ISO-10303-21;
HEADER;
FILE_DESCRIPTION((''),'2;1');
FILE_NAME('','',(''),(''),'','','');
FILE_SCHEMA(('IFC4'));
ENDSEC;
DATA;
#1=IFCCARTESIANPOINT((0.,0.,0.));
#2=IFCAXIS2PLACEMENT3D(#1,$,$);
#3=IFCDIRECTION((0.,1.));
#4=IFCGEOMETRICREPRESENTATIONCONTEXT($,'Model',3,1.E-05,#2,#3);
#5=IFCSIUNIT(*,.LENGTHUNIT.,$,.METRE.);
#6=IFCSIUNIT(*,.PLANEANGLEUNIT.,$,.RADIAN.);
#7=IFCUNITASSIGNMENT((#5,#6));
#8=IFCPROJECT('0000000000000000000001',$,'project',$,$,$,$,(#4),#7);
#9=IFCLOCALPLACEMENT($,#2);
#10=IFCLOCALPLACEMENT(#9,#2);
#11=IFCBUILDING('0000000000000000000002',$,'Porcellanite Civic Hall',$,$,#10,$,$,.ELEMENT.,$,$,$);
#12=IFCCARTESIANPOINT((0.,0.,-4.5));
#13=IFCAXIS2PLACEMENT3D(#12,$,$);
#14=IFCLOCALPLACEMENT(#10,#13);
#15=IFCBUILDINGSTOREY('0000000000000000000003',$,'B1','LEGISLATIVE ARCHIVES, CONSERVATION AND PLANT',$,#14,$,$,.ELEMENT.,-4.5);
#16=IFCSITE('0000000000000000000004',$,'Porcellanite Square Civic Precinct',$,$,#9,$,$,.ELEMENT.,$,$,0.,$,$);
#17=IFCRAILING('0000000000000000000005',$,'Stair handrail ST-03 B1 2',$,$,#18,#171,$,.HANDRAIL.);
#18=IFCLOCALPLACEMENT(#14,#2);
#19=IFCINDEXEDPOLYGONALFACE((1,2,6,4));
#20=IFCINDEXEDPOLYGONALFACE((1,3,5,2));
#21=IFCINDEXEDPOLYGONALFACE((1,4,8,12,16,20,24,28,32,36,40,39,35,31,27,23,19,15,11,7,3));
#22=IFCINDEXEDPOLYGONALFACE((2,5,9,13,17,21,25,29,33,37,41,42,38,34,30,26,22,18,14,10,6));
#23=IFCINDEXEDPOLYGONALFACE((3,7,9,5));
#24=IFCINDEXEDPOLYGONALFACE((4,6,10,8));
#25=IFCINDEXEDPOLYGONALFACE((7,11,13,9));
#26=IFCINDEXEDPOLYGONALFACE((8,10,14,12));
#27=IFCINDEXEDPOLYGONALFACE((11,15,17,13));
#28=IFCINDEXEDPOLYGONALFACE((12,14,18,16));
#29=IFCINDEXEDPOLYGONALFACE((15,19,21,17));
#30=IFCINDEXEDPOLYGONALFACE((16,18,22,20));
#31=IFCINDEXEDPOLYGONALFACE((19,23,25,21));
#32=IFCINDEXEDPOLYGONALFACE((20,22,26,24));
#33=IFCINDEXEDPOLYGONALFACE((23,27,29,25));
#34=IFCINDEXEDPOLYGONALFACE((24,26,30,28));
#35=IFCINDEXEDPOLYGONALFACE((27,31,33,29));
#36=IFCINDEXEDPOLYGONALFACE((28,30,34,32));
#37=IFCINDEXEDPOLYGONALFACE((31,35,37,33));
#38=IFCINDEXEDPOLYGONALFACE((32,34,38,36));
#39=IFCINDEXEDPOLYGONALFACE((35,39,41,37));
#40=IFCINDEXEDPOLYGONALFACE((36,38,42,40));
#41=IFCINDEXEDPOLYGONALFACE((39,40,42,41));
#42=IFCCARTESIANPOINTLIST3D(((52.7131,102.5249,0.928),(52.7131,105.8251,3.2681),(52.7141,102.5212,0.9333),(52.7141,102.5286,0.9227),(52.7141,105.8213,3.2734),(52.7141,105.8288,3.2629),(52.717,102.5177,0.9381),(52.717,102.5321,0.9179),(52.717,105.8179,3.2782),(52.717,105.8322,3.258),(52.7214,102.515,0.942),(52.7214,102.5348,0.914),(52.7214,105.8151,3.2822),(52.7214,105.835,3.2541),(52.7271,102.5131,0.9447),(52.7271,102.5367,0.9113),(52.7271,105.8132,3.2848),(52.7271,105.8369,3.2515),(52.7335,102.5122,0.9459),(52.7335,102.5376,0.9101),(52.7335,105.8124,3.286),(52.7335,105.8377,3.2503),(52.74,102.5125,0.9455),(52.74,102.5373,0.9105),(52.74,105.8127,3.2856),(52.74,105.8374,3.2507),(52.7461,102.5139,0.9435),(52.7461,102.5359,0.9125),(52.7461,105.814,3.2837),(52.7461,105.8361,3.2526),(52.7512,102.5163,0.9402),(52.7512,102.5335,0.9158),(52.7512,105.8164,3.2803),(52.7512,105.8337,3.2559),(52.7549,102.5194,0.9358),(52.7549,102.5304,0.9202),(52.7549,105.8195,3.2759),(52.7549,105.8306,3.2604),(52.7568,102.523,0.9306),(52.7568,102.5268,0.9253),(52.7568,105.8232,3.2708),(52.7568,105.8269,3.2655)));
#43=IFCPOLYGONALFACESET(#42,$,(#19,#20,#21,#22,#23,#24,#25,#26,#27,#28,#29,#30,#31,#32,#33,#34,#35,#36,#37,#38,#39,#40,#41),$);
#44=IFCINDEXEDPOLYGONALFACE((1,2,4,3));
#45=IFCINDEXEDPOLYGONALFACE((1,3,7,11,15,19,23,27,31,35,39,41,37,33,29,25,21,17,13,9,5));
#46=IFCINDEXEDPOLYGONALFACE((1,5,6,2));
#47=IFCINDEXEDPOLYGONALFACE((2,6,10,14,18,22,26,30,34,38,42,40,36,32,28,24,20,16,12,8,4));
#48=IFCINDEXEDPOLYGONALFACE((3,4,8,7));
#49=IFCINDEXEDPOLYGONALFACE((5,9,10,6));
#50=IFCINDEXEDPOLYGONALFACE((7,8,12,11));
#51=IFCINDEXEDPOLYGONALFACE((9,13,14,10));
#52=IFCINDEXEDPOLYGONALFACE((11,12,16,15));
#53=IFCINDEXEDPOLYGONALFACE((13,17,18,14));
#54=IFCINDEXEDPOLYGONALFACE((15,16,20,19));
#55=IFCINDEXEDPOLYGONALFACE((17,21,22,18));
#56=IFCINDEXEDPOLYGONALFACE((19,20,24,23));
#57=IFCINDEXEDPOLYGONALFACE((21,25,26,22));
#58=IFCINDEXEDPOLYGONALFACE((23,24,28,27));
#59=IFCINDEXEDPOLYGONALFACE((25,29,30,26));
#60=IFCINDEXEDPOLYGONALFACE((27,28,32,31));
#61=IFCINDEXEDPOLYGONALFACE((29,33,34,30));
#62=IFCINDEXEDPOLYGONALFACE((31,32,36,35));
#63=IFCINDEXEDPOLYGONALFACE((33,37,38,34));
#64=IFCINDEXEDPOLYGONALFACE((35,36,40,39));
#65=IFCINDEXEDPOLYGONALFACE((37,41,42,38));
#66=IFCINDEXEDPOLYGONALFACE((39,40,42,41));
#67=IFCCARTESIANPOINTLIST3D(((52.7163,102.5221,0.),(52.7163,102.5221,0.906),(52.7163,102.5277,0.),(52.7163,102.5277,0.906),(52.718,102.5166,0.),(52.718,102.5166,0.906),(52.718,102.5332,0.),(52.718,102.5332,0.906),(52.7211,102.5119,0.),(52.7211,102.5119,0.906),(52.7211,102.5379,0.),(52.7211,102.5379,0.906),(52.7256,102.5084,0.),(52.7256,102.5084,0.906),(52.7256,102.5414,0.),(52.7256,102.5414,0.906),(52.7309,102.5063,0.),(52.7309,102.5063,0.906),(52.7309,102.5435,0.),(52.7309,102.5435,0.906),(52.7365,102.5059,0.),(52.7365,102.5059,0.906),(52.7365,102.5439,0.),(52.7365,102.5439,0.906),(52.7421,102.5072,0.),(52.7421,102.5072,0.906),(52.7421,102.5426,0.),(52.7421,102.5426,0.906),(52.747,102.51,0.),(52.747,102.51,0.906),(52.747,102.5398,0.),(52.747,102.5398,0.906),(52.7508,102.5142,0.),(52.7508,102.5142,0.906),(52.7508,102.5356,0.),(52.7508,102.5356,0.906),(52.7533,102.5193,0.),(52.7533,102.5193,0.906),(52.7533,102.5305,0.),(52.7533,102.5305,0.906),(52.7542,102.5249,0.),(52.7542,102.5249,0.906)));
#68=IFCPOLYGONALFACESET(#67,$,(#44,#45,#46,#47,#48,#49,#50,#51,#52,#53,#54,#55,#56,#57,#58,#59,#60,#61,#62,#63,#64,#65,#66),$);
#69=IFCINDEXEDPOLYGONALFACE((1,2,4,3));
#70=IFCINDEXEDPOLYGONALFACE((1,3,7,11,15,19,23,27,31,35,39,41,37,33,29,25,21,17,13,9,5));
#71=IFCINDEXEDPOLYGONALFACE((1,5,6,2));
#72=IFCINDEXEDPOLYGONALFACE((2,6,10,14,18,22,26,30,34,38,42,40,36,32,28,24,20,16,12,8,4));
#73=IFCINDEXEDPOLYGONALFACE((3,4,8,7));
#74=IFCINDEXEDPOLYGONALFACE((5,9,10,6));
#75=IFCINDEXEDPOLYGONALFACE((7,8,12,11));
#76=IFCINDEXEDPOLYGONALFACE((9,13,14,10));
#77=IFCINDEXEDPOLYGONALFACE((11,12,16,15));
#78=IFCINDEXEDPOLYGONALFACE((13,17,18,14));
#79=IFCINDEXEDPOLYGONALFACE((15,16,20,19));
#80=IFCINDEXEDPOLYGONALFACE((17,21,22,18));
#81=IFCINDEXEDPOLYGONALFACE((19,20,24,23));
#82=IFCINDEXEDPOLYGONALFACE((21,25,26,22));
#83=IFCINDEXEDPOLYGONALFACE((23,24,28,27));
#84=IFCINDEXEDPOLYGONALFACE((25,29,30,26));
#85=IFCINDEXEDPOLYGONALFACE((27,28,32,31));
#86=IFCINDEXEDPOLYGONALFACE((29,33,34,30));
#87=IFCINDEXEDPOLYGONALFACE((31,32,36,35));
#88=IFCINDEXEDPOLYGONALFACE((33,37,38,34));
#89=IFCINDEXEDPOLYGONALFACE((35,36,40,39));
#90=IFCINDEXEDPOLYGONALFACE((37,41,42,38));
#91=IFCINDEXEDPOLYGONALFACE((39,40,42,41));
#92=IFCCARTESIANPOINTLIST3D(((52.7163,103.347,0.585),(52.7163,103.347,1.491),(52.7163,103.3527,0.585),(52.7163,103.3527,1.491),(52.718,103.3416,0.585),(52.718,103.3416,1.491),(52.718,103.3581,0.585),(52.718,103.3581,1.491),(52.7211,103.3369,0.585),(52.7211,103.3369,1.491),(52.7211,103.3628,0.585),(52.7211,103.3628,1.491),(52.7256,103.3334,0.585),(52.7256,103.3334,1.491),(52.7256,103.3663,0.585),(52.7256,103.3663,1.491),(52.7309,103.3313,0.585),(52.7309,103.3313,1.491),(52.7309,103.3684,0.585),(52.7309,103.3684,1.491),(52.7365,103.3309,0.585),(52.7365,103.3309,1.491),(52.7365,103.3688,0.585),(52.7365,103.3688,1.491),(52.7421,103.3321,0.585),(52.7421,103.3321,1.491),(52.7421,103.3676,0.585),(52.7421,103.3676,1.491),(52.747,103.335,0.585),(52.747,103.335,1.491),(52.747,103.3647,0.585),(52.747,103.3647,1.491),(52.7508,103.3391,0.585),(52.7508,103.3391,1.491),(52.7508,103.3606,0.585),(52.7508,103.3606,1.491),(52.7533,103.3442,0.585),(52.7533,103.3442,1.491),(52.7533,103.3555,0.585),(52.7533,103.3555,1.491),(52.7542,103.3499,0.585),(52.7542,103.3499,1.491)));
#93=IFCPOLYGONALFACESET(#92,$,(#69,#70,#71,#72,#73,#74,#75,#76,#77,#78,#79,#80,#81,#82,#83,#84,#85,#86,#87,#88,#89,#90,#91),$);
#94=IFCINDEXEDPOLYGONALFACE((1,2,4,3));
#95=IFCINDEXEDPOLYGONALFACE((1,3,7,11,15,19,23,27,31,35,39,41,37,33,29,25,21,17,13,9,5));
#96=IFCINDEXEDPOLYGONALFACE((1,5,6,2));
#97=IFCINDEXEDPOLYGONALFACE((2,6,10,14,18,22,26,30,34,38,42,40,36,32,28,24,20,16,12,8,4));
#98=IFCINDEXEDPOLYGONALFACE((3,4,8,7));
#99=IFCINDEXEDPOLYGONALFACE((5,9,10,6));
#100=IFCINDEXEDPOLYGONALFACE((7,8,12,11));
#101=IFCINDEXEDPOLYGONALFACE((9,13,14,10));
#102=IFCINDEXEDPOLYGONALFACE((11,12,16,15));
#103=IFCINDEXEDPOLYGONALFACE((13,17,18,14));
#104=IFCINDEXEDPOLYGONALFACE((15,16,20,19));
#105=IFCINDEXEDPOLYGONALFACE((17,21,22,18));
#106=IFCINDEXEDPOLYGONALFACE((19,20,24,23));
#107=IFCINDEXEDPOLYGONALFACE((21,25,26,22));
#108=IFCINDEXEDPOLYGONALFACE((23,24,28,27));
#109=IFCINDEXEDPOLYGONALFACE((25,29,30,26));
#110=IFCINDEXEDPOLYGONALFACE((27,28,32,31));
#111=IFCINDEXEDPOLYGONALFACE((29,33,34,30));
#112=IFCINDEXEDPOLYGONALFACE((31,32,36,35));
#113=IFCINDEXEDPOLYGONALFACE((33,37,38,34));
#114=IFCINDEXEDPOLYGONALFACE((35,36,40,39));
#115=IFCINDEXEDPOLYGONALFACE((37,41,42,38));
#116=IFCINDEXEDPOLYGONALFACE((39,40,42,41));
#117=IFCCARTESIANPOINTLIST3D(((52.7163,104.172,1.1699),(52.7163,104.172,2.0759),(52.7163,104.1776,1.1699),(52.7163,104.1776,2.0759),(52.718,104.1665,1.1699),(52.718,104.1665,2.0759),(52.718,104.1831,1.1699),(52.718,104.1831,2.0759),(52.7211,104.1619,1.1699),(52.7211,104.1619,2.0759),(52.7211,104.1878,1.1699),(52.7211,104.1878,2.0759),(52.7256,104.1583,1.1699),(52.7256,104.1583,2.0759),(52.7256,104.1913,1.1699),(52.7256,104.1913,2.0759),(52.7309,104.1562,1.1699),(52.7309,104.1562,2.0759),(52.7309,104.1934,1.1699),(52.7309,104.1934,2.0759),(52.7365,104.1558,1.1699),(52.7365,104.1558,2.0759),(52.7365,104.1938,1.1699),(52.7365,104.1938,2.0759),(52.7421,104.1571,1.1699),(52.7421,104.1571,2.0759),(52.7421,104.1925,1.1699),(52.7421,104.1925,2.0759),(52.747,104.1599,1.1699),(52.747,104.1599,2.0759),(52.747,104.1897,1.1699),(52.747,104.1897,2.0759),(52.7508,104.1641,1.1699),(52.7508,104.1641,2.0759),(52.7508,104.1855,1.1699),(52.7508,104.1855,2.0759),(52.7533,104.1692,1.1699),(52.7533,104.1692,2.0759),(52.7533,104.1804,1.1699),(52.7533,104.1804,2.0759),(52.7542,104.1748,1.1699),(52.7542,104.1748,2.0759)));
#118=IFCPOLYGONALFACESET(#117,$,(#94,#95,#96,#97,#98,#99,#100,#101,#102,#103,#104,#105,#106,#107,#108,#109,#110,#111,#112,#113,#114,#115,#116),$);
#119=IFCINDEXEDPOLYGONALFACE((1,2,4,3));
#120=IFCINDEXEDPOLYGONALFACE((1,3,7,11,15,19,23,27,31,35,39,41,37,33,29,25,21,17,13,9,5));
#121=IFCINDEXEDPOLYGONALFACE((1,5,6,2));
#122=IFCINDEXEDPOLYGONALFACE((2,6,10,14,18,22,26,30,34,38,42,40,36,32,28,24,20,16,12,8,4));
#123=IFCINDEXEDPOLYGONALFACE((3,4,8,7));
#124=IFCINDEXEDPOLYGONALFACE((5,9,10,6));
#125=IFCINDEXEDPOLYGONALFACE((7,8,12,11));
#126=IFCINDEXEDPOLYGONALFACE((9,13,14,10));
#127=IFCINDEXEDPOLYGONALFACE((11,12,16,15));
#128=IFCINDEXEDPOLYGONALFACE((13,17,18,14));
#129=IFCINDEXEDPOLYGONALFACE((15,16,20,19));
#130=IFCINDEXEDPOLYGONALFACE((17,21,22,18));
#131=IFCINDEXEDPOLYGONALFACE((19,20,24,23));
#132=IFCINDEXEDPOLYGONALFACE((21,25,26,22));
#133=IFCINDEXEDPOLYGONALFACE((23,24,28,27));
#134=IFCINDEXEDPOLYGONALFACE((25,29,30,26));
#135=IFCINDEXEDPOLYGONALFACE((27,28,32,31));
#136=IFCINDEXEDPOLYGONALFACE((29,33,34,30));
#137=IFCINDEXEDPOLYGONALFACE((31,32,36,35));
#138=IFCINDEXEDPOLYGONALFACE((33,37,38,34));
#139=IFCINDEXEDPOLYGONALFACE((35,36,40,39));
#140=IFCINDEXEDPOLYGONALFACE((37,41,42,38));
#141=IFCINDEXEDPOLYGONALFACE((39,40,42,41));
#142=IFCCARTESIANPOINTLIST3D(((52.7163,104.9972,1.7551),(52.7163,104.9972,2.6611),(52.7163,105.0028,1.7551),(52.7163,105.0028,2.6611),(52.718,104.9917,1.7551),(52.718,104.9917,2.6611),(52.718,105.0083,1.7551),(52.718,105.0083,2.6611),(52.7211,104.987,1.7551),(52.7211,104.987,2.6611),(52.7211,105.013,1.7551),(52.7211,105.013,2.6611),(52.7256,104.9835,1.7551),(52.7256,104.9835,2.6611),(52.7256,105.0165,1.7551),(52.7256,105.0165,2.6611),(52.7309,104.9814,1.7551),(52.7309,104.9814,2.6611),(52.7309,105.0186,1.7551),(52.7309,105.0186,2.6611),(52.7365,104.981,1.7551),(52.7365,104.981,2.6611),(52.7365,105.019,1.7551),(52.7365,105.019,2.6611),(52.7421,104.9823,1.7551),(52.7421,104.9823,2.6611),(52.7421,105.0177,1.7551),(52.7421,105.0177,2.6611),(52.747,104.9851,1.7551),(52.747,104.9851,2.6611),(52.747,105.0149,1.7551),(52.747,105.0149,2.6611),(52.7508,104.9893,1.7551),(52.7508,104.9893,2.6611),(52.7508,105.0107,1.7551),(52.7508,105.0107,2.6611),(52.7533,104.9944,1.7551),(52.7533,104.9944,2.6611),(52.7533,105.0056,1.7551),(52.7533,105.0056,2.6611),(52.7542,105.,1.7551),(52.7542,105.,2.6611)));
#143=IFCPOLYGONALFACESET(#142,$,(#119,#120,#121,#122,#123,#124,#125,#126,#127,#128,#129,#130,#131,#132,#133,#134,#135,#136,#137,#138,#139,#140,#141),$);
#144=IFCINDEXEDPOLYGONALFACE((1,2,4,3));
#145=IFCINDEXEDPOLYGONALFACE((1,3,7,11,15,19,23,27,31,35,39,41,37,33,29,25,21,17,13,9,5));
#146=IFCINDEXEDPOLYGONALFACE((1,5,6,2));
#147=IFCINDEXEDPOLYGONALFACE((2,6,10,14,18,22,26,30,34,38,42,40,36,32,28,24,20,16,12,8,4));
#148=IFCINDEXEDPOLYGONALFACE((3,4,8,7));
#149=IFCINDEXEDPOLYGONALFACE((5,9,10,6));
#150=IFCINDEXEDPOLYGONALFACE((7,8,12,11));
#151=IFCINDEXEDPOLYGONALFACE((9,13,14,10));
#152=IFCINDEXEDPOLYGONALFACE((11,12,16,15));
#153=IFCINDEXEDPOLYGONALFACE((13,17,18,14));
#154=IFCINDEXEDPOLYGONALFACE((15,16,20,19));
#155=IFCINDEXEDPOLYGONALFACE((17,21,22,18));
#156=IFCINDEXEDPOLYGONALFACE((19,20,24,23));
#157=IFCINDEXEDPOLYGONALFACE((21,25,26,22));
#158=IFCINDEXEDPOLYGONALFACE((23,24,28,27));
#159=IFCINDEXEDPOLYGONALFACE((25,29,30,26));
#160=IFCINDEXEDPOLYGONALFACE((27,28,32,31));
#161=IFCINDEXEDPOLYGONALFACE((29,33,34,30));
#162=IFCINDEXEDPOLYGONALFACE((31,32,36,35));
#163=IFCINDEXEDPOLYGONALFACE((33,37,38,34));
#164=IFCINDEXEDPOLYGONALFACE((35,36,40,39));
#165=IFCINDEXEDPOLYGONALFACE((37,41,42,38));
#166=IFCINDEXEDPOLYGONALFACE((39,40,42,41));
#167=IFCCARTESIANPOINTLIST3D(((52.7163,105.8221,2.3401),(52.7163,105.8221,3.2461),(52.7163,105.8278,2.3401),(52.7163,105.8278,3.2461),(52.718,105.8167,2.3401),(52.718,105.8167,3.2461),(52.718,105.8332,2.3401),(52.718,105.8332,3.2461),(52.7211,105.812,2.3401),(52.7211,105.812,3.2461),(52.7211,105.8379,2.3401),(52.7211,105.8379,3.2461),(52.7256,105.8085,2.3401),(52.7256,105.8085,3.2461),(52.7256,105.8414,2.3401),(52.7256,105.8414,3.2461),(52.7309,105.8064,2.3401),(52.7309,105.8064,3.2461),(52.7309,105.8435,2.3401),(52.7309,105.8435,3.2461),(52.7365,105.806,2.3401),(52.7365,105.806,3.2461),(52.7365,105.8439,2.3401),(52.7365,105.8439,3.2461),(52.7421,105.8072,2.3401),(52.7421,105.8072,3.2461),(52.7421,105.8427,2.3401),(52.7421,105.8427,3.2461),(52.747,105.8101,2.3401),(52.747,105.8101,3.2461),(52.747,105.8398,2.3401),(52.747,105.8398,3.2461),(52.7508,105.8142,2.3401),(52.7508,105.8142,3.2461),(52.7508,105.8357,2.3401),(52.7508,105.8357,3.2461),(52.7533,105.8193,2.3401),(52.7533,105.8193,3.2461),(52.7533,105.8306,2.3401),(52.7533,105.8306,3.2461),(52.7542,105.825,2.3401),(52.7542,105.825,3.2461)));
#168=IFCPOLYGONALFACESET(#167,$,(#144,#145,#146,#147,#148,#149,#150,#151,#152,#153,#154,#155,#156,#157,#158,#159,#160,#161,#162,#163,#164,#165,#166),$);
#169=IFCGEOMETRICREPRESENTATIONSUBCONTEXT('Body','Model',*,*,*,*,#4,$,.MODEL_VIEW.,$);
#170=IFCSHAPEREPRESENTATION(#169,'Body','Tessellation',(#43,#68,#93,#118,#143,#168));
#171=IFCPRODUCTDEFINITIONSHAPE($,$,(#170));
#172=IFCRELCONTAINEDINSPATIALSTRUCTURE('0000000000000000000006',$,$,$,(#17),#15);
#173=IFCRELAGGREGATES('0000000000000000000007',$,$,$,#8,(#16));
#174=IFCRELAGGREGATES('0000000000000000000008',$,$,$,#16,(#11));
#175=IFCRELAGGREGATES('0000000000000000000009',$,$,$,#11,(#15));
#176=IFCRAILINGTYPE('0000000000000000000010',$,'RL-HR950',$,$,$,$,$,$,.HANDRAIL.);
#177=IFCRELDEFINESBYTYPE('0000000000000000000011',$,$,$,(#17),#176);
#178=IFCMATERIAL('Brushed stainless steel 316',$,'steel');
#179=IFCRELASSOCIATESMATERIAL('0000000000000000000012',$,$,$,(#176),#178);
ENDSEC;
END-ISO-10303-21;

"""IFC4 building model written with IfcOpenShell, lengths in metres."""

from ifc_helpers import new_model, si_unit, direction, frame, origin, origin_2d, place, context, subcontext, project, spatial, circle, extrude, material, type_object, element, save


model = new_model("IFC4")

# Units and contexts
model_context = context("Model", 3, precision=1e-05, world=origin(), true_north=direction((0.0, 1.0)))
body_context = subcontext(model_context, "Body", "Model", "MODEL_VIEW")
ifc_project = project(units=[si_unit("LENGTHUNIT", "METRE"), si_unit("PLANEANGLEUNIT", "RADIAN")], contexts=[model_context])

# Site, building, storey
site_placement = place(None, origin())
site = spatial("IfcSite", under=ifc_project, at=site_placement, Name="Porcellanite Square Civic Precinct", CompositionType="ELEMENT", RefElevation=0.0)
building_placement = place(site_placement, origin())
building = spatial("IfcBuilding", under=site, at=building_placement, Name="Porcellanite Civic Hall", CompositionType="ELEMENT")
storey_placement = place(building_placement, frame((0.0, 0.0, -4.5)))
storey = spatial("IfcBuildingStorey", under=building, at=storey_placement, Name="B1", Description="LEGISLATIVE ARCHIVES, CONSERVATION AND PLANT", CompositionType="ELEMENT", Elevation=-4.5)

# Railing
ifc_material_1 = material(Name="Brushed stainless steel 316", Category="steel")
railing_type_1 = type_object("IfcRailingType", Name="RL-HR950", PredefinedType="HANDRAIL", material=ifc_material_1)
railing_1_placement = place(storey_placement, frame((52.7351, 102.5249, 0.0)))
element("IfcRailing", 1, at=railing_1_placement, inside=storey, type_object=railing_type_1, Name="Stair handrail ST-03 B1 2", PredefinedType="HANDRAIL", context=body_context, shape_type="SweptSolid", body=[
    extrude(circle(Radius=0.022, at=origin_2d()), frame((0.0, 0.0, 0.928), z_axis=(0.0, 0.815727, 0.578438), x_axis=(-1.0, 0.0, 0.0)), (0.0, 0.0, 1.0), 4.0457),
    extrude(circle(Radius=0.019, at=origin_2d()), origin(), (0.0, 0.0, 1.0), 0.906),
    extrude(circle(Radius=0.019, at=origin_2d()), frame((0.0, 0.825, 0.585)), (0.0, 0.0, 1.0), 0.906),
    extrude(circle(Radius=0.019, at=origin_2d()), frame((0.0, 1.6499, 1.1699)), (0.0, 0.0, 1.0), 0.906),
    extrude(circle(Radius=0.019, at=origin_2d()), frame((0.0, 2.4751, 1.7551)), (0.0, 0.0, 1.0), 0.906),
    extrude(circle(Radius=0.019, at=origin_2d()), frame((0.0, 3.3, 2.3401)), (0.0, 0.0, 1.0), 0.906),
])

save(model, "model.ifc")
